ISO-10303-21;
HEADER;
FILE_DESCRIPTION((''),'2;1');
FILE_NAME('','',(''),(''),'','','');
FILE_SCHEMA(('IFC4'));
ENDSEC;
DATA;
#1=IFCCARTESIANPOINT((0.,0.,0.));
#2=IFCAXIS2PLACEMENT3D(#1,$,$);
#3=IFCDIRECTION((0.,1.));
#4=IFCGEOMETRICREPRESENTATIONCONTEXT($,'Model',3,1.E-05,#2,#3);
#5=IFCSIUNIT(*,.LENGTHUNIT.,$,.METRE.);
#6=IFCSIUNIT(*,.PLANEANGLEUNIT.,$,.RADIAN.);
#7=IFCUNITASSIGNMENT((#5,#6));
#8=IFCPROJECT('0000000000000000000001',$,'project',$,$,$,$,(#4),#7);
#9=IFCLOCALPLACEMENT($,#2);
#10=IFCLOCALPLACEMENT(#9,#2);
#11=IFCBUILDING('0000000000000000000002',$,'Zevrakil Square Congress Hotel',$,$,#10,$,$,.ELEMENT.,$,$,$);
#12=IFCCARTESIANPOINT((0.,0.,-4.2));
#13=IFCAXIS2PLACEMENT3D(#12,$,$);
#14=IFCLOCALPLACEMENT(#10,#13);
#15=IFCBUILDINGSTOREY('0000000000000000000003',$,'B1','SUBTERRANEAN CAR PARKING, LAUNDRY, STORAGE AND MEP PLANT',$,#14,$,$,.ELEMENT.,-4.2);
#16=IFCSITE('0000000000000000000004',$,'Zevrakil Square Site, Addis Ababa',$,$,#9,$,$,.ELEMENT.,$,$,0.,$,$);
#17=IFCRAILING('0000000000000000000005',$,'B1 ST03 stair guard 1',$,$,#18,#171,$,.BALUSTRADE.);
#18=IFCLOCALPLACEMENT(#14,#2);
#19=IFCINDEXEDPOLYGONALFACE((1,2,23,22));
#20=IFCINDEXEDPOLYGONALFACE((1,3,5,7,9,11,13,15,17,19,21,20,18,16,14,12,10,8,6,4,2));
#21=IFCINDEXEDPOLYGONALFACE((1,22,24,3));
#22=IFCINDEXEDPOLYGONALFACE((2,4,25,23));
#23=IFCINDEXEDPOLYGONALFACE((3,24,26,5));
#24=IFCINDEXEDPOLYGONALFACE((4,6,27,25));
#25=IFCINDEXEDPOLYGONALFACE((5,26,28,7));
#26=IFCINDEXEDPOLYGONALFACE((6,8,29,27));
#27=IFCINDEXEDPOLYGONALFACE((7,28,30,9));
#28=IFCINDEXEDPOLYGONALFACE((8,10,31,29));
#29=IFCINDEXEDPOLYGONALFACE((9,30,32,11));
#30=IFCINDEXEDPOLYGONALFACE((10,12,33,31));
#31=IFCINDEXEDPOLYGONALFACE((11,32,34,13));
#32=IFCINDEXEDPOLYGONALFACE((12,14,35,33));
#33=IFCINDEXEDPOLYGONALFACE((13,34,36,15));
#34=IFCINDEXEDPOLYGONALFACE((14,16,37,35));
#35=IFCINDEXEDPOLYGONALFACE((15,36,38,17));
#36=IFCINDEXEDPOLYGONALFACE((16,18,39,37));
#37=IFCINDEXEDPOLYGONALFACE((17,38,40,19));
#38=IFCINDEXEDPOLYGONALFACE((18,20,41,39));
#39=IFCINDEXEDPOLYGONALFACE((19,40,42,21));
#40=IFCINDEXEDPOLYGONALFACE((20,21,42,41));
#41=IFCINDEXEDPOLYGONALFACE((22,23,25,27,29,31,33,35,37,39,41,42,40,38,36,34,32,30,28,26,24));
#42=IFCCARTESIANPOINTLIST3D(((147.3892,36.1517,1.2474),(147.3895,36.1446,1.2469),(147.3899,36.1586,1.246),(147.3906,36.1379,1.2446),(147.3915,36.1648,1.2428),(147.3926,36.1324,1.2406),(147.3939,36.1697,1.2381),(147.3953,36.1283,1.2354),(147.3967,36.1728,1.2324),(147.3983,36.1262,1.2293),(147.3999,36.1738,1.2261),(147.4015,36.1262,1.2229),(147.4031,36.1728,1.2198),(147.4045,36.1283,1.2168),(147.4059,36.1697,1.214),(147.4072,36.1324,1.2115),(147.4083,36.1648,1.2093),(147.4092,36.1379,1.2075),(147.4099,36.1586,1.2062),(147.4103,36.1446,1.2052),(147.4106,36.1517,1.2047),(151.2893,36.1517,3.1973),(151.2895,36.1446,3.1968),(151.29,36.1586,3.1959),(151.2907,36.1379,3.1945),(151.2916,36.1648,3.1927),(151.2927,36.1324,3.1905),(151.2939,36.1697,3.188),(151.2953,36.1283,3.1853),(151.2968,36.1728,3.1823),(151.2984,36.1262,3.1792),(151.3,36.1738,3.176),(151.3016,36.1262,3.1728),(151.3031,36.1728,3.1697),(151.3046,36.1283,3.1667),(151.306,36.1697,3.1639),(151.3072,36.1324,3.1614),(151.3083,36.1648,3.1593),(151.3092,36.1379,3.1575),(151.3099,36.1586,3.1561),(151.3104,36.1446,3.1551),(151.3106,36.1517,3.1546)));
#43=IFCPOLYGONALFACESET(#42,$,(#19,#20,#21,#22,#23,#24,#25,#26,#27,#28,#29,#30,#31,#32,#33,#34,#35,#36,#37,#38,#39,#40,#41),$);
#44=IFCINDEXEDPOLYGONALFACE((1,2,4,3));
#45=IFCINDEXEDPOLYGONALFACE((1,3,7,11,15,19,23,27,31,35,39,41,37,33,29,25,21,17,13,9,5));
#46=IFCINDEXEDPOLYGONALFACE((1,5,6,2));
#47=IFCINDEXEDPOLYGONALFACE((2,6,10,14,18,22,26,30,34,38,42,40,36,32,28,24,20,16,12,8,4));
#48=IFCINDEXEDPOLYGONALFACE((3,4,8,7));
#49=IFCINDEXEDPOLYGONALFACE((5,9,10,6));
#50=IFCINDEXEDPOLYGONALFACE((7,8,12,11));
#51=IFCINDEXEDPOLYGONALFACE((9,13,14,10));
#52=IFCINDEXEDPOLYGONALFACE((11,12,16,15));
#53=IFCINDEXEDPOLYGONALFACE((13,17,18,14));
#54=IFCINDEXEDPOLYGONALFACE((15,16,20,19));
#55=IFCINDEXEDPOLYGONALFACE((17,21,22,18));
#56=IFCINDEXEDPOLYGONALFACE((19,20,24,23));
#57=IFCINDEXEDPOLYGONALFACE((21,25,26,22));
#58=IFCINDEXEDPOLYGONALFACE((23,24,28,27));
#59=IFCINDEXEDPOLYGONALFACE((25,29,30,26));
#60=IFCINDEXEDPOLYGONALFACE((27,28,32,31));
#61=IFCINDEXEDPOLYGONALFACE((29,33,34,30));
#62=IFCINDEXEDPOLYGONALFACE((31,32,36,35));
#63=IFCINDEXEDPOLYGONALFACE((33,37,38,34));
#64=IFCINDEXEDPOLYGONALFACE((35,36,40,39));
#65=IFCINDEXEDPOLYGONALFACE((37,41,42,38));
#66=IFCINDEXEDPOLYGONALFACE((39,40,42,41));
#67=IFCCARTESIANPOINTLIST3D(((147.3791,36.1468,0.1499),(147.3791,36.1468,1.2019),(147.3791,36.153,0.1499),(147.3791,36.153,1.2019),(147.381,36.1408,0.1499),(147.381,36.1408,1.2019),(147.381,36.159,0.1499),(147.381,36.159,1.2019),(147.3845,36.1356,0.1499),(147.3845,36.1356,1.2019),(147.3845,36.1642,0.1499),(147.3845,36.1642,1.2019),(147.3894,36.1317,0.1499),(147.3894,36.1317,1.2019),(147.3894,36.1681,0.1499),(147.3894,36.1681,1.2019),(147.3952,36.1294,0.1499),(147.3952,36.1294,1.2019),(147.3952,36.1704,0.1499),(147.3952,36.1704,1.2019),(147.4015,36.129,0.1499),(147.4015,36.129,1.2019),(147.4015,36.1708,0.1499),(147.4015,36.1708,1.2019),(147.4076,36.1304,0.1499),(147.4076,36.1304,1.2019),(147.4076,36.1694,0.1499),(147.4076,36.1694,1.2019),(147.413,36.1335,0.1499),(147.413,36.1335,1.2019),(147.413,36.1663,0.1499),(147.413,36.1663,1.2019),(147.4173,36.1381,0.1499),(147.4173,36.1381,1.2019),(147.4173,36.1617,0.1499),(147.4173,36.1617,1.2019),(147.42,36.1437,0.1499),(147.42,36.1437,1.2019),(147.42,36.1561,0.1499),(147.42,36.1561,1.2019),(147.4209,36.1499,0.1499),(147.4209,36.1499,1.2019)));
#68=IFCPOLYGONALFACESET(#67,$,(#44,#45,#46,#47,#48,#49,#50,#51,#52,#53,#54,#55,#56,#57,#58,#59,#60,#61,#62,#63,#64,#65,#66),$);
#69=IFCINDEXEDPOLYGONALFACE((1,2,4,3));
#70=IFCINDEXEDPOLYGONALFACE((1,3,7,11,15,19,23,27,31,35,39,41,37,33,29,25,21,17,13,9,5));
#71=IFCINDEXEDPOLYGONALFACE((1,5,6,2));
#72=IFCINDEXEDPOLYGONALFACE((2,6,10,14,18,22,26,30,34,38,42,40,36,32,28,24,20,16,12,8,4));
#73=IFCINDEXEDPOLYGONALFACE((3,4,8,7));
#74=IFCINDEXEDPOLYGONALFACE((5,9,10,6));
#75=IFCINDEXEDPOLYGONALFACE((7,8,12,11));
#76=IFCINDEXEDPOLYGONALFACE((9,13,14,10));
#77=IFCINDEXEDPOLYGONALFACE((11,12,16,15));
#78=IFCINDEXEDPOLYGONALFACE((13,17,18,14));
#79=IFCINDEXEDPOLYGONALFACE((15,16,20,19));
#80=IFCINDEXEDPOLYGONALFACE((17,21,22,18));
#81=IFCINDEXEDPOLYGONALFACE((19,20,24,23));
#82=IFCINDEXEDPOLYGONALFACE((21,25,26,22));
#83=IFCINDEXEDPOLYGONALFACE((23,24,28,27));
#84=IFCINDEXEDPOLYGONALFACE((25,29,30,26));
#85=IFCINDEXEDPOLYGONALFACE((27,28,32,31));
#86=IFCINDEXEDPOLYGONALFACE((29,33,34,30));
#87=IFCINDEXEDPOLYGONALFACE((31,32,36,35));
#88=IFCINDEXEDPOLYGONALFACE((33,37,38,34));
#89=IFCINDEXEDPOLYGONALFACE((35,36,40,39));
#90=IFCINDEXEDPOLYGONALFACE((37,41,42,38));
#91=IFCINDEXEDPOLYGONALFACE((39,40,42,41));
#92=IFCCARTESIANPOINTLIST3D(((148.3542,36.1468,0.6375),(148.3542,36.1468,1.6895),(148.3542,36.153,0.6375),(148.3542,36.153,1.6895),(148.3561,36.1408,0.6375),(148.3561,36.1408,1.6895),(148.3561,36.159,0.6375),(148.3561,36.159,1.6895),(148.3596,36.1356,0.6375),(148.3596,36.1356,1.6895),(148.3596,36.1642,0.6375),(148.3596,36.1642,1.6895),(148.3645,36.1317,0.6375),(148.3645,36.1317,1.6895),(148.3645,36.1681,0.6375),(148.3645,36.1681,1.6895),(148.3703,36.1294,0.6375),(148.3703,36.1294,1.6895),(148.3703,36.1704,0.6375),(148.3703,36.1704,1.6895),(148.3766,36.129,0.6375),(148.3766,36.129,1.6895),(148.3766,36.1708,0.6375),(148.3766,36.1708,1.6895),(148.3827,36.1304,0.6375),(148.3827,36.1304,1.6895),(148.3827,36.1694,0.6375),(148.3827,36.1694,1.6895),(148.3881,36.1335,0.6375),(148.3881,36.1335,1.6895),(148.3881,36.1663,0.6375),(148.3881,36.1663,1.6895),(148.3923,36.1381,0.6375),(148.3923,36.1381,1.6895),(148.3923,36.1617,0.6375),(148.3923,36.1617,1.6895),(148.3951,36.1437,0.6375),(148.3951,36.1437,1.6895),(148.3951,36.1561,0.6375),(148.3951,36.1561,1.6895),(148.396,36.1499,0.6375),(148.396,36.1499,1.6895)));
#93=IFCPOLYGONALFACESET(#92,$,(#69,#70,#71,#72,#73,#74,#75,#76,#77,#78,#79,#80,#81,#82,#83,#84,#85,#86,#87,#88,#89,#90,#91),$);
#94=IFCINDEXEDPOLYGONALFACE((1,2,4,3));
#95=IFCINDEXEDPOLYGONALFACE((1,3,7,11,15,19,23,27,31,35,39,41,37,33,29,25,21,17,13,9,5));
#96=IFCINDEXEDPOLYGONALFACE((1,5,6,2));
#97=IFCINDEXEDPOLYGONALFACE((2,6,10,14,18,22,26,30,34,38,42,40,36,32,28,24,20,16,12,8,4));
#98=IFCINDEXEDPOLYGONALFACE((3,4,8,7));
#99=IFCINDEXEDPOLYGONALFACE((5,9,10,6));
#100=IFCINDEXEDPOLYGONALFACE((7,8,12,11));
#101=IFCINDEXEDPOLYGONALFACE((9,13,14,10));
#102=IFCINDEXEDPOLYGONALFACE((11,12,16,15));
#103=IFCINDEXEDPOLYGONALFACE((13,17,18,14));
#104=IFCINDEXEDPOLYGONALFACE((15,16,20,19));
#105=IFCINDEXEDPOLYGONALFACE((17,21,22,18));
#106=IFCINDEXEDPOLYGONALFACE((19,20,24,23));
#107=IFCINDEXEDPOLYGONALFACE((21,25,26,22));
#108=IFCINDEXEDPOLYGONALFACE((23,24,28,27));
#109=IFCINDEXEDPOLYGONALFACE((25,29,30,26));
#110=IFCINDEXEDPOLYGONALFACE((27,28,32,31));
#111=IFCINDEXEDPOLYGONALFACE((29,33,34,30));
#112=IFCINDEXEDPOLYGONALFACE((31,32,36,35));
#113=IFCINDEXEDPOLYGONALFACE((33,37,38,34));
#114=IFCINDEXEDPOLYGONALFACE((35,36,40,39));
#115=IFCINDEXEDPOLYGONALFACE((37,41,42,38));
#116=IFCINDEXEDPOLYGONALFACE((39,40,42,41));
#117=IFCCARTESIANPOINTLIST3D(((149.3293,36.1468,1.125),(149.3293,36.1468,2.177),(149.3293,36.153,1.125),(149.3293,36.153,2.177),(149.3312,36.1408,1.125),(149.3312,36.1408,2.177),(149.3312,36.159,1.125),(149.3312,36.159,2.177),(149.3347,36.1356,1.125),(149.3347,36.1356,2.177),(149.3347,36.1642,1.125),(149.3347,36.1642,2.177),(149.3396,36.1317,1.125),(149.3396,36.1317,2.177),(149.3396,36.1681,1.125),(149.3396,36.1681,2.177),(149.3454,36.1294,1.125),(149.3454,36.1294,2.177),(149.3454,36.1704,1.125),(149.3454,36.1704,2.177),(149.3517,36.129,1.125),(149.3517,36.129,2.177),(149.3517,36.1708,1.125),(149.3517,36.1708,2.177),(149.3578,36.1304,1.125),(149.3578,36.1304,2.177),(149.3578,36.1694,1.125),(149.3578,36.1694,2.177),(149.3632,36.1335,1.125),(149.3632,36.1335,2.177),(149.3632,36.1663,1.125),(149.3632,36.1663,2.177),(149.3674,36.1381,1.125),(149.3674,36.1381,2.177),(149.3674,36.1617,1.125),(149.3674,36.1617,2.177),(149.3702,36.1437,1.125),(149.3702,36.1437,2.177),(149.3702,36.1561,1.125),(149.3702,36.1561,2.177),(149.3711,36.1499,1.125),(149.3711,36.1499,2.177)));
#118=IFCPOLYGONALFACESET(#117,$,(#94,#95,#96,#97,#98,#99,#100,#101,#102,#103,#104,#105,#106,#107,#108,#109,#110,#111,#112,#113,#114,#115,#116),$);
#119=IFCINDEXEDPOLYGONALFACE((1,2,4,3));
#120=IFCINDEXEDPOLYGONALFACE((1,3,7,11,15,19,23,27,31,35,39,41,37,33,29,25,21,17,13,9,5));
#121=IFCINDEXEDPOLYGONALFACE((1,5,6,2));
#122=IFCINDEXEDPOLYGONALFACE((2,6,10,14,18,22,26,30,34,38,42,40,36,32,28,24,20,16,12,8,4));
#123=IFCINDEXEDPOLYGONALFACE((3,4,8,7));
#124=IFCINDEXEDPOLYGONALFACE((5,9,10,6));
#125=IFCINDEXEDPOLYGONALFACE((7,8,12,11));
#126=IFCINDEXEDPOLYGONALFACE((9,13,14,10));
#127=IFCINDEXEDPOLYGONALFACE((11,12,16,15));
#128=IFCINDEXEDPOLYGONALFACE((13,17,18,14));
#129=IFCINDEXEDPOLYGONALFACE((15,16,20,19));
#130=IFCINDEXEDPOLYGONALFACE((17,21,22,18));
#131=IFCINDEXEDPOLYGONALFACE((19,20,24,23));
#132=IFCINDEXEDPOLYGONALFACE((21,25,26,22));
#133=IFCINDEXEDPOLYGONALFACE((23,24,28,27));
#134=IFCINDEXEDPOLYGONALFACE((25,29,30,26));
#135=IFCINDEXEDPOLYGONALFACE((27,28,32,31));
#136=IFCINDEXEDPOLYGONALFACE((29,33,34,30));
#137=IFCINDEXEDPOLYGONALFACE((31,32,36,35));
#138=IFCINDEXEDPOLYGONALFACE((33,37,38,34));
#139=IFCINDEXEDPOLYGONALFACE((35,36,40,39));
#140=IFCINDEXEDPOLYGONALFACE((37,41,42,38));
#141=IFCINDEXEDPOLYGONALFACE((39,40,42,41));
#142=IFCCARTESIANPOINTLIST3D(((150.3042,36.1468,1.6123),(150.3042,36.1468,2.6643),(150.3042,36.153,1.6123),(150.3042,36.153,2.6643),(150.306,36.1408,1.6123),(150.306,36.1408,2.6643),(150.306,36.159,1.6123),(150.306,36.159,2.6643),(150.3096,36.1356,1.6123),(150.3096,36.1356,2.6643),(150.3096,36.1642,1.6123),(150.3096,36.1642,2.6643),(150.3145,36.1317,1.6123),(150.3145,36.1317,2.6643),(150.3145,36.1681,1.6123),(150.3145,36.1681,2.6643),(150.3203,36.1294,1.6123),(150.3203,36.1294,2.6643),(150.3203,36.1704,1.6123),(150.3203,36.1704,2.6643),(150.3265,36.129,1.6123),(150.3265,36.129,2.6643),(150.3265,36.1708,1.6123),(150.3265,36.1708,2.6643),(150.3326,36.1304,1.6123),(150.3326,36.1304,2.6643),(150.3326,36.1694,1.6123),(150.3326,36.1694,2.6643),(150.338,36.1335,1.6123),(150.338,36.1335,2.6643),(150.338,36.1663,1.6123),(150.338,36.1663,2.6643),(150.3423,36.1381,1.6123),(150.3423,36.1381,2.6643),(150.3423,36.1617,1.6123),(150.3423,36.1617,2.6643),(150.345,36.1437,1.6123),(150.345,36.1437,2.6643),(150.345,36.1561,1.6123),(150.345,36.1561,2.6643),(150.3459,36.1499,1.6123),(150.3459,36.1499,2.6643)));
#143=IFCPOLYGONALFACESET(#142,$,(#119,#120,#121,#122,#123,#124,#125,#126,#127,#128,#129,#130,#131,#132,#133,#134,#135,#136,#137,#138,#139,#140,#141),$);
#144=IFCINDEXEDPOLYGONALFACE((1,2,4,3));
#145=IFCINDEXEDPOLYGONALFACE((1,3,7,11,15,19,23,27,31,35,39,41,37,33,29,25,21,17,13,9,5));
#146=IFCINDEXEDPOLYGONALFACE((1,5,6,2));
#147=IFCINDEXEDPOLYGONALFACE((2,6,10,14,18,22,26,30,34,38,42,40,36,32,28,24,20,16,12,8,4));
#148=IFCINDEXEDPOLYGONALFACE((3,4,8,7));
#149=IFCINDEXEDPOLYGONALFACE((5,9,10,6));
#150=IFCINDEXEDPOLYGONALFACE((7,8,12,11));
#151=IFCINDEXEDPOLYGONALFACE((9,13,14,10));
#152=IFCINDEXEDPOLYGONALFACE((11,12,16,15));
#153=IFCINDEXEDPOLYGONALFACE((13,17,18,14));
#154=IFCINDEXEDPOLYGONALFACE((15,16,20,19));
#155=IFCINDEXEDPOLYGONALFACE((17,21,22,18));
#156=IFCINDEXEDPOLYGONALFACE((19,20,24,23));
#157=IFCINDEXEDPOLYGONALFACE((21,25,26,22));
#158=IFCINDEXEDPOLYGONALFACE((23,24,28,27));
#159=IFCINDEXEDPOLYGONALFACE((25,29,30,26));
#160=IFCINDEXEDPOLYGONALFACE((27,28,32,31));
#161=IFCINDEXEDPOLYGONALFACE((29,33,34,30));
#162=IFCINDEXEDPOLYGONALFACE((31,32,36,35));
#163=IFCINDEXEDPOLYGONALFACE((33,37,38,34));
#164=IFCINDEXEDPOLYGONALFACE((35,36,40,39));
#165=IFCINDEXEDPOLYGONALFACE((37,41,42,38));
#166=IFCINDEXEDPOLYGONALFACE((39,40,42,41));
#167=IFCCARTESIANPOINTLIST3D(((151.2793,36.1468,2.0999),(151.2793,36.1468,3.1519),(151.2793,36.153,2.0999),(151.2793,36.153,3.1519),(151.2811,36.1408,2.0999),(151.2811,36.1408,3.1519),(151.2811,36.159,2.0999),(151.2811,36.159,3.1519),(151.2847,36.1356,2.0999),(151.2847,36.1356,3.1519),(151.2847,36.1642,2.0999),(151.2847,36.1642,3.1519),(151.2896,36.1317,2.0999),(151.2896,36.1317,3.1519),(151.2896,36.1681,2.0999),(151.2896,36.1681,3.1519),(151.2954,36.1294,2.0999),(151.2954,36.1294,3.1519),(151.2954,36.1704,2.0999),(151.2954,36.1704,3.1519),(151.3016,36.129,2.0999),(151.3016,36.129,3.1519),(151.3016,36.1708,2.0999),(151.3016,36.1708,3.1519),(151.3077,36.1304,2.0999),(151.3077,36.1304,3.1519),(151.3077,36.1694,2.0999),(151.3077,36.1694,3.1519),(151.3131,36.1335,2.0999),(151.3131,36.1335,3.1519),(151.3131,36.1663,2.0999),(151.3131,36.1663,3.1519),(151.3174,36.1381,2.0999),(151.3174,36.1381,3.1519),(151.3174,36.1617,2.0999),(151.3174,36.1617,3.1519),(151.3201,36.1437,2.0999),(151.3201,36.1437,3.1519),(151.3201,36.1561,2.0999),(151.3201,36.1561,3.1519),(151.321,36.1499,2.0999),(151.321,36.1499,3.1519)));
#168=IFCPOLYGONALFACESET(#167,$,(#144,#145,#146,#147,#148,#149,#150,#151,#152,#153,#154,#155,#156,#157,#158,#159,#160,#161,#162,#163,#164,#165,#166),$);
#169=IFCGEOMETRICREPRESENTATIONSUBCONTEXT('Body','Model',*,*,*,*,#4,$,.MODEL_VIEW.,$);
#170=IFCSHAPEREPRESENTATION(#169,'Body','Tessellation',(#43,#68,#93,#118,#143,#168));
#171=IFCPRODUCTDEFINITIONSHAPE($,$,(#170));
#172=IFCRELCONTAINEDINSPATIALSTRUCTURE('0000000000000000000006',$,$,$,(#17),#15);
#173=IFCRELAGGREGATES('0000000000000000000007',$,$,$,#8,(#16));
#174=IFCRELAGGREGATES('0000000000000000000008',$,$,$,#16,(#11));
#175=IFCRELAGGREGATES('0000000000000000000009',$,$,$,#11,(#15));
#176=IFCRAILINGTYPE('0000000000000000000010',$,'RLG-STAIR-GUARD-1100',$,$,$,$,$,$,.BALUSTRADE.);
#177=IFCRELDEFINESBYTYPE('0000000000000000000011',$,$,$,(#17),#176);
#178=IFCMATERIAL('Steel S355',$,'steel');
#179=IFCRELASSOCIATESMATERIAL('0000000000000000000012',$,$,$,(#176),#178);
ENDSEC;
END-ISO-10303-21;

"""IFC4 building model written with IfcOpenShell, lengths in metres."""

from ifc_helpers import new_model, si_unit, direction, frame, origin, origin_2d, place, context, subcontext, project, spatial, circle, extrude, material, type_object, element, save


model = new_model("IFC4")

# Units and contexts
model_context = context("Model", 3, precision=1e-05, world=origin(), true_north=direction((0.0, 1.0)))
body_context = subcontext(model_context, "Body", "Model", "MODEL_VIEW")
ifc_project = project(units=[si_unit("LENGTHUNIT", "METRE"), si_unit("PLANEANGLEUNIT", "RADIAN")], contexts=[model_context])

# Site, building, storey
site_placement = place(None, origin())
site = spatial("IfcSite", under=ifc_project, at=site_placement, Name="Zevrakil Square Site, Addis Ababa", CompositionType="ELEMENT", RefElevation=0.0)
building_placement = place(site_placement, origin())
building = spatial("IfcBuilding", under=site, at=building_placement, Name="Zevrakil Square Congress Hotel", CompositionType="ELEMENT")
storey_placement = place(building_placement, frame((0.0, 0.0, -4.2)))
storey = spatial("IfcBuildingStorey", under=building, at=storey_placement, Name="B1", Description="SUBTERRANEAN CAR PARKING, LAUNDRY, STORAGE AND MEP PLANT", CompositionType="ELEMENT", Elevation=-4.2)

# Railing
ifc_material_1 = material(Name="Steel S355", Category="steel")
railing_type_1 = type_object("IfcRailingType", Name="RLG-STAIR-GUARD-1100", PredefinedType="BALUSTRADE", material=ifc_material_1)
railing_1_placement = place(storey_placement, frame((147.3999, 36.1499, 0.1499)))
element("IfcRailing", 1, at=railing_1_placement, inside=storey, type_object=railing_type_1, Name="B1 ST03 stair guard 1", PredefinedType="BALUSTRADE", context=body_context, shape_type="SweptSolid", body=[
    extrude(circle(Radius=0.0239, at=origin_2d()), frame((0.0, 0.0, 1.0762), z_axis=(0.894438, 0.0, 0.447191), x_axis=(0.0, 1.0, 0.0)), (0.0, 0.0, 1.0), 4.3604),
    extrude(circle(Radius=0.021, at=origin_2d()), origin(), (0.0, 0.0, 1.0), 1.052),
    extrude(circle(Radius=0.021, at=origin_2d()), frame((0.9751, 0.0, 0.4875)), (0.0, 0.0, 1.0), 1.052),
    extrude(circle(Radius=0.021, at=origin_2d()), frame((1.9502, 0.0, 0.9751)), (0.0, 0.0, 1.0), 1.052),
    extrude(circle(Radius=0.021, at=origin_2d()), frame((2.925, 0.0, 1.4624)), (0.0, 0.0, 1.0), 1.052),
    extrude(circle(Radius=0.021, at=origin_2d()), frame((3.9001, 0.0, 1.95)), (0.0, 0.0, 1.0), 1.052),
])

save(model, "model.ifc")
